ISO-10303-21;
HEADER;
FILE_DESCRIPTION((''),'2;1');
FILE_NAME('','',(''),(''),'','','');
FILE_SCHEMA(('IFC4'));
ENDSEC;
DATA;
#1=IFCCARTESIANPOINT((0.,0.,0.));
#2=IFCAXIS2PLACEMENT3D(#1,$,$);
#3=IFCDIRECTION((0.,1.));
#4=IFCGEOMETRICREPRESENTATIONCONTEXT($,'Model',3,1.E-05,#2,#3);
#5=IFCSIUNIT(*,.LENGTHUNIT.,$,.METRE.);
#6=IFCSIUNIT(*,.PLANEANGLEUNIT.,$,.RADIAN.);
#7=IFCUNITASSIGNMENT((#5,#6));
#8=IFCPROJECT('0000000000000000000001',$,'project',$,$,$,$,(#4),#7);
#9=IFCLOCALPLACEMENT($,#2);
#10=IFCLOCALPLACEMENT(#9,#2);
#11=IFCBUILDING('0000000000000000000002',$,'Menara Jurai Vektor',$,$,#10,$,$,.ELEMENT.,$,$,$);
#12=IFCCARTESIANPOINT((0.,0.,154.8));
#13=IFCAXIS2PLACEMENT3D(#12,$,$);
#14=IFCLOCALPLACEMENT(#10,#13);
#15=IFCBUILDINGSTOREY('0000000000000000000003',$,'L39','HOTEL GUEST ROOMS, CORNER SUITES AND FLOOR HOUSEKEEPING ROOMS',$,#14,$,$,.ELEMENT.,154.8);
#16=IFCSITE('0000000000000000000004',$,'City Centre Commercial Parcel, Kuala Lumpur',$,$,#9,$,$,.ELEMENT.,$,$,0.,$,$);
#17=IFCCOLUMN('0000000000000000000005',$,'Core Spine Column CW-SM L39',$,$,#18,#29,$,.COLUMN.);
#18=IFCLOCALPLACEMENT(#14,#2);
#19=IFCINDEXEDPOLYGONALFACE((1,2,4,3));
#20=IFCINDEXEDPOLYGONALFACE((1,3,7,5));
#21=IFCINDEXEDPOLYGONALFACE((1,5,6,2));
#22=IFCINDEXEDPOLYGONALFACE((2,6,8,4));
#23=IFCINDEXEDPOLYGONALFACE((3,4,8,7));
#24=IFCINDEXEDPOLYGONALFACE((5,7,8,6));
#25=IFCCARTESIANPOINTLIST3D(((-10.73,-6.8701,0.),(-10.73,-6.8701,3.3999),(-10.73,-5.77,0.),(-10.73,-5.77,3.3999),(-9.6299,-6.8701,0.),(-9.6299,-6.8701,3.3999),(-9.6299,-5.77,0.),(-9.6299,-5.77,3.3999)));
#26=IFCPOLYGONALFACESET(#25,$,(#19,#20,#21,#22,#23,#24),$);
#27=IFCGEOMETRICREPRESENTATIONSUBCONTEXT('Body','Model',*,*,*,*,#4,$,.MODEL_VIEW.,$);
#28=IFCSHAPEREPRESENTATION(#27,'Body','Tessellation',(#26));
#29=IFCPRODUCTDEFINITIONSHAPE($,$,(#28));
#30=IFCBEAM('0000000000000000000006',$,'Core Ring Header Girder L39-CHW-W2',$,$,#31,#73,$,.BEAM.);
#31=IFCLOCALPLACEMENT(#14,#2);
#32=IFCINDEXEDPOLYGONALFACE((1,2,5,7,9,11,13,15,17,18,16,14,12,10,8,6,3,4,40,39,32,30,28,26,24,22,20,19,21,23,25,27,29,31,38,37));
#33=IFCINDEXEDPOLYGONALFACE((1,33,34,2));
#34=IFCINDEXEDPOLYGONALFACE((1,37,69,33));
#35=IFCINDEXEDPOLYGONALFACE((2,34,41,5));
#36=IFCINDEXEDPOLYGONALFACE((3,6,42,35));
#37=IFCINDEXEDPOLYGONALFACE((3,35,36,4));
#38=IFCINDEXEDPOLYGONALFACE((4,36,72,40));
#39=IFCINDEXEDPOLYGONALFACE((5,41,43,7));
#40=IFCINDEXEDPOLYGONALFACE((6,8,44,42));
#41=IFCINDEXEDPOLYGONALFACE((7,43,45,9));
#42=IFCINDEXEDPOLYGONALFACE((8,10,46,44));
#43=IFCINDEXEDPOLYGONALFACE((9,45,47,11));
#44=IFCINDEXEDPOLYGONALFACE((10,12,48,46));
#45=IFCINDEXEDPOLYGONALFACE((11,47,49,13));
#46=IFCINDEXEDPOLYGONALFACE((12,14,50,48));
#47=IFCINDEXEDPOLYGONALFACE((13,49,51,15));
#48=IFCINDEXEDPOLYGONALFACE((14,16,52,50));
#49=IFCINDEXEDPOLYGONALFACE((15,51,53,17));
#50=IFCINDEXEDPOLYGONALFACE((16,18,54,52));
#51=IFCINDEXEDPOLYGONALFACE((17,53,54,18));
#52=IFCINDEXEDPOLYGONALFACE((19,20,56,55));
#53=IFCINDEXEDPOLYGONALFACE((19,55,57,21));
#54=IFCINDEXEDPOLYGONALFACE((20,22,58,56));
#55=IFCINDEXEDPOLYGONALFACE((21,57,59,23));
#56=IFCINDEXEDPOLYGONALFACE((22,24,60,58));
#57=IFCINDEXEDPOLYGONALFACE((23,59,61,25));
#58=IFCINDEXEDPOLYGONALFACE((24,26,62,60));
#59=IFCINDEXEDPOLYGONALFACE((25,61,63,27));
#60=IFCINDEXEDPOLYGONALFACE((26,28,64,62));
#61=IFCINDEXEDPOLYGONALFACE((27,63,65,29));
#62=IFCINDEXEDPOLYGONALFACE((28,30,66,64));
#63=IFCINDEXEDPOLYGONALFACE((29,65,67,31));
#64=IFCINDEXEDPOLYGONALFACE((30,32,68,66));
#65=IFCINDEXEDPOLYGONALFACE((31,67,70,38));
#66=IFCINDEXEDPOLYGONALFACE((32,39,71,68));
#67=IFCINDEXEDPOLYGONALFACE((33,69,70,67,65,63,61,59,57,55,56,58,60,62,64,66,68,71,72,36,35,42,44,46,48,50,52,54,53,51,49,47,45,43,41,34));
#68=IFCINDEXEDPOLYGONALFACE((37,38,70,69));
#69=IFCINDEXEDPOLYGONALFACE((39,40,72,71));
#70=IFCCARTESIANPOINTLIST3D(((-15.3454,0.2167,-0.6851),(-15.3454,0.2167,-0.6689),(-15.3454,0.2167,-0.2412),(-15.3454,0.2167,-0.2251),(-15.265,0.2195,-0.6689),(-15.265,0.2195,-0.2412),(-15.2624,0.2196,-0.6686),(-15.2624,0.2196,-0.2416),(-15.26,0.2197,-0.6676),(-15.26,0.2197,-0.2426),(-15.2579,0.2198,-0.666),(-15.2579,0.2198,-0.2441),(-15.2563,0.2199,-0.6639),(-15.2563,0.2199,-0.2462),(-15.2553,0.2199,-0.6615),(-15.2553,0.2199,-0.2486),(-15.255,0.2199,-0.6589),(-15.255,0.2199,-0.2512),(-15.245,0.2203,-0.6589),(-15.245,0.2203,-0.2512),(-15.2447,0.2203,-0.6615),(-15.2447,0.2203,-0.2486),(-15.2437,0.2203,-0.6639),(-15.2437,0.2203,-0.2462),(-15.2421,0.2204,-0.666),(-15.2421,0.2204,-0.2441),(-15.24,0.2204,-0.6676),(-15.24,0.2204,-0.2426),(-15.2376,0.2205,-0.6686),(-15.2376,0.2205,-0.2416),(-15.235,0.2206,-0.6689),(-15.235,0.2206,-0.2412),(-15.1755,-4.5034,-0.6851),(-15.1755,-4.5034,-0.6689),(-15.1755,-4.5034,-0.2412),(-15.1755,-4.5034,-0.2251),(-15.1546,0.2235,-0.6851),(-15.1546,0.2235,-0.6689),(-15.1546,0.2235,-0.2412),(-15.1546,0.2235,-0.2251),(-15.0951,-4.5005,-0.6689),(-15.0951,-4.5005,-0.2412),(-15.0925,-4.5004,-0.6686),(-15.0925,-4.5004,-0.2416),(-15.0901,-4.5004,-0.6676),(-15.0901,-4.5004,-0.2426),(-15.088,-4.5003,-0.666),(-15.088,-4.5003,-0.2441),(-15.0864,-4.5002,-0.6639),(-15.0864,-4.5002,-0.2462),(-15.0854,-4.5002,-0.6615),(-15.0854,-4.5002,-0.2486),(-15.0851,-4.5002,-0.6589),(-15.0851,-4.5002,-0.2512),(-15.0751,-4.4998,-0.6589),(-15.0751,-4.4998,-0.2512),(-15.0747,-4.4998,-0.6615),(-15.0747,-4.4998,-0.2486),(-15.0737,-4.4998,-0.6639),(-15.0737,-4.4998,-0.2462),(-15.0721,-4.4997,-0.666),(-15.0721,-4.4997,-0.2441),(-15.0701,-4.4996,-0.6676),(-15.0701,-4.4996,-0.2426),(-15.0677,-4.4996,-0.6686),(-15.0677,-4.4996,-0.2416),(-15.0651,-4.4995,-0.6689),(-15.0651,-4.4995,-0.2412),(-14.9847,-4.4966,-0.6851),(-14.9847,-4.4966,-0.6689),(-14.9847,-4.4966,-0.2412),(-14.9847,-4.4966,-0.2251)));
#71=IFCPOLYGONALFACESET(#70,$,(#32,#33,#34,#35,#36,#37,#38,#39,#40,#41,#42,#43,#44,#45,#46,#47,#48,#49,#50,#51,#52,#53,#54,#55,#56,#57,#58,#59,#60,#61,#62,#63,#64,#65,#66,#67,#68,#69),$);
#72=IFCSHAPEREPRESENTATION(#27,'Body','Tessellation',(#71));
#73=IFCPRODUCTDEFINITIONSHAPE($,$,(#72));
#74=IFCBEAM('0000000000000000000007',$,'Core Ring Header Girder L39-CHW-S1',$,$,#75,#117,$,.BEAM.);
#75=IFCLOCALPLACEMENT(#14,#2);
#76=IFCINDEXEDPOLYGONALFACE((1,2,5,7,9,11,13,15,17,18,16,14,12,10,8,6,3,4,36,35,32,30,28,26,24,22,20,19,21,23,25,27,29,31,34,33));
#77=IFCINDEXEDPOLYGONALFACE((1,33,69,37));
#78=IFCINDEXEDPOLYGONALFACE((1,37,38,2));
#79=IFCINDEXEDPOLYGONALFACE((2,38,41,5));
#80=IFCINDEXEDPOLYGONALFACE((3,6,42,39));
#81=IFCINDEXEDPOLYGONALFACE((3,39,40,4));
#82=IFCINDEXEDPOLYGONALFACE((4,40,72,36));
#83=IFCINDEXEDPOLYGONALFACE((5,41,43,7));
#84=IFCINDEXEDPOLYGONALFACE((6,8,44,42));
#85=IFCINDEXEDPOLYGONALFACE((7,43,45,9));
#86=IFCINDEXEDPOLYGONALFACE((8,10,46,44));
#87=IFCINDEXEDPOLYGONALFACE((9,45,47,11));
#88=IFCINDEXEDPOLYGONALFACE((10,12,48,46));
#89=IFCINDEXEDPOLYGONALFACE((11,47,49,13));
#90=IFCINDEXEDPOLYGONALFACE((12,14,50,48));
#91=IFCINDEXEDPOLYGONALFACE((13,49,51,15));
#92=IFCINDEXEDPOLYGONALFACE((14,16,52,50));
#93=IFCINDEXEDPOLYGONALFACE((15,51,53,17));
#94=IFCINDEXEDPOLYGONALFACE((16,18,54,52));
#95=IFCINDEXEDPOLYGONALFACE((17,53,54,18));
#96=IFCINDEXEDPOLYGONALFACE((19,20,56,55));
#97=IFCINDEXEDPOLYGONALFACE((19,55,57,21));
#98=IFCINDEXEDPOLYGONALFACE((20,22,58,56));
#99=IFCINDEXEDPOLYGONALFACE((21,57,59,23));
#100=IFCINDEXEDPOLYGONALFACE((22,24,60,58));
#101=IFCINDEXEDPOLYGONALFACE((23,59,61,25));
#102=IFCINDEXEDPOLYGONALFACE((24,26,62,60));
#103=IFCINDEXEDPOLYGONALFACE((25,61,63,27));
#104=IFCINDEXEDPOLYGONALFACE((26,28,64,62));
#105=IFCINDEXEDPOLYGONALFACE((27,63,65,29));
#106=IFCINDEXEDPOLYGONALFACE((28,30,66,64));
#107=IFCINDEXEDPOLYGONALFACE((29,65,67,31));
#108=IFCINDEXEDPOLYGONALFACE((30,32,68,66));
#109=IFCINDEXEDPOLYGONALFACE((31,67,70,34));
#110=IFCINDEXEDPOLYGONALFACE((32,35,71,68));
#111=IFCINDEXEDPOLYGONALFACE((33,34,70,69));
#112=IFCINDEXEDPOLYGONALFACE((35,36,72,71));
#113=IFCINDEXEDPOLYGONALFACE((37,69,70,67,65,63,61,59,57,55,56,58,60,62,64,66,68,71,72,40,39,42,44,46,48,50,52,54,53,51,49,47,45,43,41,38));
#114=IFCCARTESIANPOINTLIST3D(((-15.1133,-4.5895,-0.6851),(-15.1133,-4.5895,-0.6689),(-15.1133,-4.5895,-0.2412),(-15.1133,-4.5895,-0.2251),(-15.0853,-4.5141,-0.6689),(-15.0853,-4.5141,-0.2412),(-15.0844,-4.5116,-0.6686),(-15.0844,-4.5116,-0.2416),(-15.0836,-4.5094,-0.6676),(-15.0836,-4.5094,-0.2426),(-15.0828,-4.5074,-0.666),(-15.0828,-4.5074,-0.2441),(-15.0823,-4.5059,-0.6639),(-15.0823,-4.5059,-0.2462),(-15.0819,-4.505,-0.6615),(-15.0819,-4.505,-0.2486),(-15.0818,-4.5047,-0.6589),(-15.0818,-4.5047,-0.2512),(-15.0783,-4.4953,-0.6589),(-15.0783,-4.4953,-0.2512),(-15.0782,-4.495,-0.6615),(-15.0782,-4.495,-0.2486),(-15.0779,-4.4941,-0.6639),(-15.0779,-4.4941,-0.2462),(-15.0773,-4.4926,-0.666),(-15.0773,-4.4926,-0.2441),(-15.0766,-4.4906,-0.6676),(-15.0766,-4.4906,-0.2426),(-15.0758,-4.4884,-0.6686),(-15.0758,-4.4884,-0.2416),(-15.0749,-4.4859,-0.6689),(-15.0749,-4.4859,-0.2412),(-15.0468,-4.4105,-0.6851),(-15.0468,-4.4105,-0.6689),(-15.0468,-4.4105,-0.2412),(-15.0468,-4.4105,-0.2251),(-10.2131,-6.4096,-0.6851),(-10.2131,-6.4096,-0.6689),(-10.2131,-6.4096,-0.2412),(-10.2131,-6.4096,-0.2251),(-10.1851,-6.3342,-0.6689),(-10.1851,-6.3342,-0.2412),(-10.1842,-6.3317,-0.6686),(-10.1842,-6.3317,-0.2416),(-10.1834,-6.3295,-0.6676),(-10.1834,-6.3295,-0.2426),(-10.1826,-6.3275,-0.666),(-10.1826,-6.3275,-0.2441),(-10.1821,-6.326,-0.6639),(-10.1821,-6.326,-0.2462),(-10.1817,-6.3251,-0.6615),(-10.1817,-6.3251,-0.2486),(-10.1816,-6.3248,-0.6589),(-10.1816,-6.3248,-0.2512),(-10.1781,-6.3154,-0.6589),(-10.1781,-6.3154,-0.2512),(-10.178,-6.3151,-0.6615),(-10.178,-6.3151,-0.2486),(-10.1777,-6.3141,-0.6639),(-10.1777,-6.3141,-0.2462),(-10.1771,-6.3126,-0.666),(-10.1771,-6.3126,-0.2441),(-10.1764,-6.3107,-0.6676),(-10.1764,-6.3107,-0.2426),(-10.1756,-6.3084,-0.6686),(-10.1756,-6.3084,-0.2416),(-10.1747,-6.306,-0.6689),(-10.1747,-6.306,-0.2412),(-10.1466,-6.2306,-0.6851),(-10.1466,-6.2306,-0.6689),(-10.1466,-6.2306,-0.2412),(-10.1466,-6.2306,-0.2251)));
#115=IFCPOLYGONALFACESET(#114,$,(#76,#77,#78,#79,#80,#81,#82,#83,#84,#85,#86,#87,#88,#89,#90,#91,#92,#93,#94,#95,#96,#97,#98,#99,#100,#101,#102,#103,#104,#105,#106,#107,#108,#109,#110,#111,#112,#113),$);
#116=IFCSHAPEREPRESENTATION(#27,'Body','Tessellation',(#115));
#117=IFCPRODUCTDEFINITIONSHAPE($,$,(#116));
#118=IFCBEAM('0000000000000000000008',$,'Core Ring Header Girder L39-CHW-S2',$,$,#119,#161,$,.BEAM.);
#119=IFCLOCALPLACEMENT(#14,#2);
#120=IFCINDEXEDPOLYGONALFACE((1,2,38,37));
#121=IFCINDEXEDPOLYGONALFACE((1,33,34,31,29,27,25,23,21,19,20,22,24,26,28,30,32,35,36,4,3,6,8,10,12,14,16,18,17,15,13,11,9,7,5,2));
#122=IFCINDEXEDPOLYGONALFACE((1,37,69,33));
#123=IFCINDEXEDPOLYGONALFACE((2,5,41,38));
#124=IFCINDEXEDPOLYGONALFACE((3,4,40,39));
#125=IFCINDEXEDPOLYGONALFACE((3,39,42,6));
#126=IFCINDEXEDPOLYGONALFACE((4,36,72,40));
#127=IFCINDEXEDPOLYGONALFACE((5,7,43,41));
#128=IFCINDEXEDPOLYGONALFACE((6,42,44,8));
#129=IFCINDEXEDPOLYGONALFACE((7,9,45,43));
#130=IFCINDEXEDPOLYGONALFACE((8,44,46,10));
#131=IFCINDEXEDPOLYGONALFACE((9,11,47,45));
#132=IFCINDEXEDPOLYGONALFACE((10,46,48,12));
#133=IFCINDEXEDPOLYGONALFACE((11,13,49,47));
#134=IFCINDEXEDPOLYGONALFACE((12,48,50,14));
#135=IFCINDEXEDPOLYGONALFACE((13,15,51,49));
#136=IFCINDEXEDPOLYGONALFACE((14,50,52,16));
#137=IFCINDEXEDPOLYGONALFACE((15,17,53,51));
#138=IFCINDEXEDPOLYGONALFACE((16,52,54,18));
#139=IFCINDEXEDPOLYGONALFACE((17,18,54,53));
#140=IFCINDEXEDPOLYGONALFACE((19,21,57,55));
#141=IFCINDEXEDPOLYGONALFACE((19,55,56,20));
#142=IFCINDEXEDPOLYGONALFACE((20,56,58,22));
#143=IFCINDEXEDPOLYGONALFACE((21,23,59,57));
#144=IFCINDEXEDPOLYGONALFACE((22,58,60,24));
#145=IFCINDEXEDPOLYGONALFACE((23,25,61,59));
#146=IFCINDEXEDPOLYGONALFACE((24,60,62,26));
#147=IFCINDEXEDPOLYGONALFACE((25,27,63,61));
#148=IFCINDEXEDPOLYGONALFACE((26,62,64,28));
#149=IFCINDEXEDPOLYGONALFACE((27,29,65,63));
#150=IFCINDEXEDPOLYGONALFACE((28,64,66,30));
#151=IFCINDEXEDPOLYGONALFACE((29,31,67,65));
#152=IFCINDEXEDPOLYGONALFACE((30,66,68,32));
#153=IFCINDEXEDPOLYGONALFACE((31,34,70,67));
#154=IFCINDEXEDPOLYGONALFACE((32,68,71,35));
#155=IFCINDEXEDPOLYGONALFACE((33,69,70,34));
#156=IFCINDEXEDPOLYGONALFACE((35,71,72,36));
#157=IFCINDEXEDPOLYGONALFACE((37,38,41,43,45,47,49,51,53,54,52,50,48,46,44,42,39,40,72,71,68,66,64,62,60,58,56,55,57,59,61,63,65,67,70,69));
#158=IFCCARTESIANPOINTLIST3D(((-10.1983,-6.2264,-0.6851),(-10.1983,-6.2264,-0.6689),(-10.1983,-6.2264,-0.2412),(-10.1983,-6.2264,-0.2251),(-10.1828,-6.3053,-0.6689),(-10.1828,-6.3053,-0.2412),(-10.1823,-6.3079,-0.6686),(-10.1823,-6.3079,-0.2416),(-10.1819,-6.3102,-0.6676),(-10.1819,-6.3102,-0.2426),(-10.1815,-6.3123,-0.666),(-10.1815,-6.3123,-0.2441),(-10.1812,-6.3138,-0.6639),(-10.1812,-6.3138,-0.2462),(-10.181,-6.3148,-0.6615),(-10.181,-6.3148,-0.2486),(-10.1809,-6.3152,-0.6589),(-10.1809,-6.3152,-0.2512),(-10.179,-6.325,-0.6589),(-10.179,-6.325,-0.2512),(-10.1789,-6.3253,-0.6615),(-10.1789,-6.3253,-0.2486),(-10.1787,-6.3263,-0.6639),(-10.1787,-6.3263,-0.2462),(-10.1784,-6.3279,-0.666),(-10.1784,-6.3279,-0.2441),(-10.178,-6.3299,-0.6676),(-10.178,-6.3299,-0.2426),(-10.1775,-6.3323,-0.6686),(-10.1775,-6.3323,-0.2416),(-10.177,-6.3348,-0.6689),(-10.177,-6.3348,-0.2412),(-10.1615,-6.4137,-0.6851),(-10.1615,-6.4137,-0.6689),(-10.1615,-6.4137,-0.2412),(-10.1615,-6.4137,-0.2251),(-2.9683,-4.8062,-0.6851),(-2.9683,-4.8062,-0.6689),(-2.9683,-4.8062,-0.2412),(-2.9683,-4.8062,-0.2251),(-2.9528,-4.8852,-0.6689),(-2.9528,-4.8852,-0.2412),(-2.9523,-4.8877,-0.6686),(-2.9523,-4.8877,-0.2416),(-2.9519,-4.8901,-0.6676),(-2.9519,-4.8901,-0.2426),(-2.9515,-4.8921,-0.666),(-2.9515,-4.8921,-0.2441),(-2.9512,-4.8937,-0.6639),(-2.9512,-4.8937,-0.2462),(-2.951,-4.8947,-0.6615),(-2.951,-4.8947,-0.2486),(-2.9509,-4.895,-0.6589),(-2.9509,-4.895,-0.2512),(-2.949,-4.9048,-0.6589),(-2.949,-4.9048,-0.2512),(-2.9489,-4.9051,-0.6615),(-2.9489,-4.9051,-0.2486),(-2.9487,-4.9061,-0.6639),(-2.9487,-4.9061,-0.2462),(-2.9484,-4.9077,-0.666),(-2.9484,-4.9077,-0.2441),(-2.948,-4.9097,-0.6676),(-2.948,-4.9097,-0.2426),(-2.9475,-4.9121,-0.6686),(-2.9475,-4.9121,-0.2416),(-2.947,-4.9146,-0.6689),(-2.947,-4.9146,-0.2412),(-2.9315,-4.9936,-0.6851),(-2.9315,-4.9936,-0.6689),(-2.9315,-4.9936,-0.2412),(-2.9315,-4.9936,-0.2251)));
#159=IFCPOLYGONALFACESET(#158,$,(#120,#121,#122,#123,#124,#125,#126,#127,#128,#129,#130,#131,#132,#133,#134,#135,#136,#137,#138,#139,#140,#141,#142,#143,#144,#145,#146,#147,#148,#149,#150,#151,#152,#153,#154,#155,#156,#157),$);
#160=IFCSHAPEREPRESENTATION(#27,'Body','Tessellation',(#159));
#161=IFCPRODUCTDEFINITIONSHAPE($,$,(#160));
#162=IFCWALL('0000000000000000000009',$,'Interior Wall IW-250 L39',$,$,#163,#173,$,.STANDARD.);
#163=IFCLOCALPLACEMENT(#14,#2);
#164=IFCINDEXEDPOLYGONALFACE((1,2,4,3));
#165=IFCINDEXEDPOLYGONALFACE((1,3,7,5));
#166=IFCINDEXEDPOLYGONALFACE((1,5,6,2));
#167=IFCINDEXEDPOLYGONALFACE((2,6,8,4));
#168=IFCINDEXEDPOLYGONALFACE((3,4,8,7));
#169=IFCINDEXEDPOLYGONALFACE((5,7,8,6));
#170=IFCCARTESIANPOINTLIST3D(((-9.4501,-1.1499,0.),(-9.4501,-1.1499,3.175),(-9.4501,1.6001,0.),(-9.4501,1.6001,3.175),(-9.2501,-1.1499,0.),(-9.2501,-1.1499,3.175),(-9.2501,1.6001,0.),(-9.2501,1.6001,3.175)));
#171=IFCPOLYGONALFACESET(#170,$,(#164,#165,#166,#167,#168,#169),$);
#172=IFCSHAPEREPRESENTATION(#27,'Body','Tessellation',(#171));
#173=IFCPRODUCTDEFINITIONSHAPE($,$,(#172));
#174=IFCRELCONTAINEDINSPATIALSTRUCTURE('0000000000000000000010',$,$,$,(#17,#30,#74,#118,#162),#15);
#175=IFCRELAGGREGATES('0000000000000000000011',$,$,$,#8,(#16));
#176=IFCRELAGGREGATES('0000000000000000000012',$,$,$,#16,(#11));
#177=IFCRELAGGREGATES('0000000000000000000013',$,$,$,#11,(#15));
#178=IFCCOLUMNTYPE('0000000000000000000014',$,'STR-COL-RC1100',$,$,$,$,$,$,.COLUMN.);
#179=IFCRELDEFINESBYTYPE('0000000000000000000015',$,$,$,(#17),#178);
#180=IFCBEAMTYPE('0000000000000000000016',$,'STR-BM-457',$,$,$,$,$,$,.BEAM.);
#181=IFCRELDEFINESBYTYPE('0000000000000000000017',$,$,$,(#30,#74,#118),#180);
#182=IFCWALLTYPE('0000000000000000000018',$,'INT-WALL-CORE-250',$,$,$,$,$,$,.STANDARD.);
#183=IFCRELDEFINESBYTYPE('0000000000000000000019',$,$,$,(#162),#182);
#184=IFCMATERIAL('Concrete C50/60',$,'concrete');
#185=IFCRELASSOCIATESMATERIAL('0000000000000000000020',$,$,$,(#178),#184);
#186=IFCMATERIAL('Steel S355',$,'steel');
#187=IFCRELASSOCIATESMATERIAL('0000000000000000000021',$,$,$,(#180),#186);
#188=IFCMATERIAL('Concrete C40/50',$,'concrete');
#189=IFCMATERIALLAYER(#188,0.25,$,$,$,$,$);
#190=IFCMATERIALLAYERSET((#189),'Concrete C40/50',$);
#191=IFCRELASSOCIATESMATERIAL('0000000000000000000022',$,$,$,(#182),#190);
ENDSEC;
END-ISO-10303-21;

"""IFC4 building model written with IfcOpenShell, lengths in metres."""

from ifc_helpers import new_model, si_unit, direction, frame, frame_2d, origin, origin_2d, place, context, subcontext, project, spatial, rectangle, i_section, extrude, material, layer, layer_set, material_profile, profile_set, type_object, element, save


model = new_model("IFC4")

# Units and contexts
model_context = context("Model", 3, precision=1e-05, world=origin(), true_north=direction((0.0, 1.0)))
body_context = subcontext(model_context, "Body", "Model", "MODEL_VIEW")
ifc_project = project(units=[si_unit("LENGTHUNIT", "METRE"), si_unit("PLANEANGLEUNIT", "RADIAN")], contexts=[model_context])

# Site, building, storey
site_placement = place(None, origin())
site = spatial("IfcSite", under=ifc_project, at=site_placement, Name="City Centre Commercial Parcel, Kuala Lumpur", CompositionType="ELEMENT", RefElevation=0.0)
building_placement = place(site_placement, origin())
building = spatial("IfcBuilding", under=site, at=building_placement, Name="Menara Jurai Vektor", CompositionType="ELEMENT")
storey_placement = place(building_placement, frame((0.0, 0.0, 154.8)))
storey = spatial("IfcBuildingStorey", under=building, at=storey_placement, Name="L39", Description="HOTEL GUEST ROOMS, CORNER SUITES AND FLOOR HOUSEKEEPING ROOMS", CompositionType="ELEMENT", Elevation=154.8)

# Column
ifc_material_1 = material(Name="Concrete C50/60", Category="concrete")
ifc_material_profile_1 = material_profile(ifc_material_1, rectangle(XDim=1.1001, YDim=1.1001, at=origin_2d()), Name="RC 1100x1100")
ifc_profile_set_1 = profile_set([ifc_material_profile_1], Name="Concrete C50/60")
column_type = type_object("IfcColumnType", Name="STR-COL-RC1100", PredefinedType="COLUMN", material=ifc_profile_set_1)
column_placement = place(storey_placement, frame((-10.1799, -6.3201, 0.0), z_axis=(0.0, 0.0, 1.0), x_axis=(1.0, 0.0, 0.0)))
element("IfcColumn", 1, at=column_placement, inside=storey, type_object=column_type, Name="Core Spine Column CW-SM L39", PredefinedType="COLUMN", context=body_context, shape_type="SweptSolid", body=[
    extrude(rectangle(XDim=1.1001, YDim=1.1001, at=origin_2d()), origin(), (0.0, 0.0, 1.0), 3.3999),
])

# Beams
ifc_material_2 = material(Name="Steel S355", Category="steel")
ifc_material_profile_2 = material_profile(ifc_material_2, i_section(OverallWidth=0.1909, OverallDepth=0.46, WebThickness=0.01, FlangeThickness=0.0161, FilletRadius=0.01, at=origin_2d()), Name="UKB 457x191x82")
ifc_profile_set_2 = profile_set([ifc_material_profile_2], Name="Steel S355")
beam_type = type_object("IfcBeamType", Name="STR-BM-457", PredefinedType="BEAM", material=ifc_profile_set_2)
beam_1_placement = place(storey_placement, frame((-15.0801, -4.5, -0.4551), z_axis=(-0.035977, 0.999353, 0.0), x_axis=(-0.999353, -0.035977, 0.0)))
element("IfcBeam", 2, at=beam_1_placement, inside=storey, type_object=beam_type, Name="Core Ring Header Girder L39-CHW-W2", PredefinedType="BEAM", context=body_context, shape_type="SweptSolid", body=[
    extrude(i_section(OverallWidth=0.1909, OverallDepth=0.46, WebThickness=0.01, FlangeThickness=0.0161, FilletRadius=0.01, at=origin_2d()), origin(), (0.0, 0.0, 1.0), 4.7231),
])
beam_2_placement = place(storey_placement, frame((-15.0801, -4.5, -0.4551), z_axis=(0.937424, -0.348189, 0.0), x_axis=(0.348189, 0.937424, 0.0)))
element("IfcBeam", 3, at=beam_2_placement, inside=storey, type_object=beam_type, Name="Core Ring Header Girder L39-CHW-S1", PredefinedType="BEAM", context=body_context, shape_type="SweptSolid", body=[
    extrude(i_section(OverallWidth=0.1909, OverallDepth=0.46, WebThickness=0.01, FlangeThickness=0.0161, FilletRadius=0.01, at=origin_2d()), origin(), (0.0, 0.0, 1.0), 5.2273),
])
beam_3_placement = place(storey_placement, frame((-10.1799, -6.3201, -0.4551), z_axis=(0.981249, 0.192744, 0.0), x_axis=(-0.192744, 0.981249, 0.0)))
element("IfcBeam", 4, at=beam_3_placement, inside=storey, type_object=beam_type, Name="Core Ring Header Girder L39-CHW-S2", PredefinedType="BEAM", context=body_context, shape_type="SweptSolid", body=[
    extrude(i_section(OverallWidth=0.1909, OverallDepth=0.46, WebThickness=0.01, FlangeThickness=0.0161, FilletRadius=0.01, at=origin_2d()), origin(), (0.0, 0.0, 1.0), 7.3682),
])

# Shared definitions
ifc_material_3 = material(Name="Concrete C40/50", Category="concrete")
ifc_layer_1 = layer(ifc_material_3, 0.25)
ifc_layer_set_1 = layer_set([ifc_layer_1], Name="Concrete C40/50")
wall_type_1 = type_object("IfcWallType", Name="INT-WALL-CORE-250", PredefinedType="STANDARD", material=ifc_layer_set_1)

# Wall
wall_1_placement = place(storey_placement, frame((-9.3501, -1.1499, 0.0), z_axis=(0.0, 0.0, 1.0), x_axis=(0.0, 1.0, 0.0)))
element("IfcWall", 5, at=wall_1_placement, inside=storey, type_object=wall_type_1, Name="Interior Wall IW-250 L39", PredefinedType="STANDARD", context=body_context, shape_type="SweptSolid", body=[
    extrude(rectangle(XDim=2.75, YDim=0.2, at=frame_2d((1.375, 0.0))), origin(), (0.0, 0.0, 1.0), 3.175),
])

save(model, "model.ifc")
